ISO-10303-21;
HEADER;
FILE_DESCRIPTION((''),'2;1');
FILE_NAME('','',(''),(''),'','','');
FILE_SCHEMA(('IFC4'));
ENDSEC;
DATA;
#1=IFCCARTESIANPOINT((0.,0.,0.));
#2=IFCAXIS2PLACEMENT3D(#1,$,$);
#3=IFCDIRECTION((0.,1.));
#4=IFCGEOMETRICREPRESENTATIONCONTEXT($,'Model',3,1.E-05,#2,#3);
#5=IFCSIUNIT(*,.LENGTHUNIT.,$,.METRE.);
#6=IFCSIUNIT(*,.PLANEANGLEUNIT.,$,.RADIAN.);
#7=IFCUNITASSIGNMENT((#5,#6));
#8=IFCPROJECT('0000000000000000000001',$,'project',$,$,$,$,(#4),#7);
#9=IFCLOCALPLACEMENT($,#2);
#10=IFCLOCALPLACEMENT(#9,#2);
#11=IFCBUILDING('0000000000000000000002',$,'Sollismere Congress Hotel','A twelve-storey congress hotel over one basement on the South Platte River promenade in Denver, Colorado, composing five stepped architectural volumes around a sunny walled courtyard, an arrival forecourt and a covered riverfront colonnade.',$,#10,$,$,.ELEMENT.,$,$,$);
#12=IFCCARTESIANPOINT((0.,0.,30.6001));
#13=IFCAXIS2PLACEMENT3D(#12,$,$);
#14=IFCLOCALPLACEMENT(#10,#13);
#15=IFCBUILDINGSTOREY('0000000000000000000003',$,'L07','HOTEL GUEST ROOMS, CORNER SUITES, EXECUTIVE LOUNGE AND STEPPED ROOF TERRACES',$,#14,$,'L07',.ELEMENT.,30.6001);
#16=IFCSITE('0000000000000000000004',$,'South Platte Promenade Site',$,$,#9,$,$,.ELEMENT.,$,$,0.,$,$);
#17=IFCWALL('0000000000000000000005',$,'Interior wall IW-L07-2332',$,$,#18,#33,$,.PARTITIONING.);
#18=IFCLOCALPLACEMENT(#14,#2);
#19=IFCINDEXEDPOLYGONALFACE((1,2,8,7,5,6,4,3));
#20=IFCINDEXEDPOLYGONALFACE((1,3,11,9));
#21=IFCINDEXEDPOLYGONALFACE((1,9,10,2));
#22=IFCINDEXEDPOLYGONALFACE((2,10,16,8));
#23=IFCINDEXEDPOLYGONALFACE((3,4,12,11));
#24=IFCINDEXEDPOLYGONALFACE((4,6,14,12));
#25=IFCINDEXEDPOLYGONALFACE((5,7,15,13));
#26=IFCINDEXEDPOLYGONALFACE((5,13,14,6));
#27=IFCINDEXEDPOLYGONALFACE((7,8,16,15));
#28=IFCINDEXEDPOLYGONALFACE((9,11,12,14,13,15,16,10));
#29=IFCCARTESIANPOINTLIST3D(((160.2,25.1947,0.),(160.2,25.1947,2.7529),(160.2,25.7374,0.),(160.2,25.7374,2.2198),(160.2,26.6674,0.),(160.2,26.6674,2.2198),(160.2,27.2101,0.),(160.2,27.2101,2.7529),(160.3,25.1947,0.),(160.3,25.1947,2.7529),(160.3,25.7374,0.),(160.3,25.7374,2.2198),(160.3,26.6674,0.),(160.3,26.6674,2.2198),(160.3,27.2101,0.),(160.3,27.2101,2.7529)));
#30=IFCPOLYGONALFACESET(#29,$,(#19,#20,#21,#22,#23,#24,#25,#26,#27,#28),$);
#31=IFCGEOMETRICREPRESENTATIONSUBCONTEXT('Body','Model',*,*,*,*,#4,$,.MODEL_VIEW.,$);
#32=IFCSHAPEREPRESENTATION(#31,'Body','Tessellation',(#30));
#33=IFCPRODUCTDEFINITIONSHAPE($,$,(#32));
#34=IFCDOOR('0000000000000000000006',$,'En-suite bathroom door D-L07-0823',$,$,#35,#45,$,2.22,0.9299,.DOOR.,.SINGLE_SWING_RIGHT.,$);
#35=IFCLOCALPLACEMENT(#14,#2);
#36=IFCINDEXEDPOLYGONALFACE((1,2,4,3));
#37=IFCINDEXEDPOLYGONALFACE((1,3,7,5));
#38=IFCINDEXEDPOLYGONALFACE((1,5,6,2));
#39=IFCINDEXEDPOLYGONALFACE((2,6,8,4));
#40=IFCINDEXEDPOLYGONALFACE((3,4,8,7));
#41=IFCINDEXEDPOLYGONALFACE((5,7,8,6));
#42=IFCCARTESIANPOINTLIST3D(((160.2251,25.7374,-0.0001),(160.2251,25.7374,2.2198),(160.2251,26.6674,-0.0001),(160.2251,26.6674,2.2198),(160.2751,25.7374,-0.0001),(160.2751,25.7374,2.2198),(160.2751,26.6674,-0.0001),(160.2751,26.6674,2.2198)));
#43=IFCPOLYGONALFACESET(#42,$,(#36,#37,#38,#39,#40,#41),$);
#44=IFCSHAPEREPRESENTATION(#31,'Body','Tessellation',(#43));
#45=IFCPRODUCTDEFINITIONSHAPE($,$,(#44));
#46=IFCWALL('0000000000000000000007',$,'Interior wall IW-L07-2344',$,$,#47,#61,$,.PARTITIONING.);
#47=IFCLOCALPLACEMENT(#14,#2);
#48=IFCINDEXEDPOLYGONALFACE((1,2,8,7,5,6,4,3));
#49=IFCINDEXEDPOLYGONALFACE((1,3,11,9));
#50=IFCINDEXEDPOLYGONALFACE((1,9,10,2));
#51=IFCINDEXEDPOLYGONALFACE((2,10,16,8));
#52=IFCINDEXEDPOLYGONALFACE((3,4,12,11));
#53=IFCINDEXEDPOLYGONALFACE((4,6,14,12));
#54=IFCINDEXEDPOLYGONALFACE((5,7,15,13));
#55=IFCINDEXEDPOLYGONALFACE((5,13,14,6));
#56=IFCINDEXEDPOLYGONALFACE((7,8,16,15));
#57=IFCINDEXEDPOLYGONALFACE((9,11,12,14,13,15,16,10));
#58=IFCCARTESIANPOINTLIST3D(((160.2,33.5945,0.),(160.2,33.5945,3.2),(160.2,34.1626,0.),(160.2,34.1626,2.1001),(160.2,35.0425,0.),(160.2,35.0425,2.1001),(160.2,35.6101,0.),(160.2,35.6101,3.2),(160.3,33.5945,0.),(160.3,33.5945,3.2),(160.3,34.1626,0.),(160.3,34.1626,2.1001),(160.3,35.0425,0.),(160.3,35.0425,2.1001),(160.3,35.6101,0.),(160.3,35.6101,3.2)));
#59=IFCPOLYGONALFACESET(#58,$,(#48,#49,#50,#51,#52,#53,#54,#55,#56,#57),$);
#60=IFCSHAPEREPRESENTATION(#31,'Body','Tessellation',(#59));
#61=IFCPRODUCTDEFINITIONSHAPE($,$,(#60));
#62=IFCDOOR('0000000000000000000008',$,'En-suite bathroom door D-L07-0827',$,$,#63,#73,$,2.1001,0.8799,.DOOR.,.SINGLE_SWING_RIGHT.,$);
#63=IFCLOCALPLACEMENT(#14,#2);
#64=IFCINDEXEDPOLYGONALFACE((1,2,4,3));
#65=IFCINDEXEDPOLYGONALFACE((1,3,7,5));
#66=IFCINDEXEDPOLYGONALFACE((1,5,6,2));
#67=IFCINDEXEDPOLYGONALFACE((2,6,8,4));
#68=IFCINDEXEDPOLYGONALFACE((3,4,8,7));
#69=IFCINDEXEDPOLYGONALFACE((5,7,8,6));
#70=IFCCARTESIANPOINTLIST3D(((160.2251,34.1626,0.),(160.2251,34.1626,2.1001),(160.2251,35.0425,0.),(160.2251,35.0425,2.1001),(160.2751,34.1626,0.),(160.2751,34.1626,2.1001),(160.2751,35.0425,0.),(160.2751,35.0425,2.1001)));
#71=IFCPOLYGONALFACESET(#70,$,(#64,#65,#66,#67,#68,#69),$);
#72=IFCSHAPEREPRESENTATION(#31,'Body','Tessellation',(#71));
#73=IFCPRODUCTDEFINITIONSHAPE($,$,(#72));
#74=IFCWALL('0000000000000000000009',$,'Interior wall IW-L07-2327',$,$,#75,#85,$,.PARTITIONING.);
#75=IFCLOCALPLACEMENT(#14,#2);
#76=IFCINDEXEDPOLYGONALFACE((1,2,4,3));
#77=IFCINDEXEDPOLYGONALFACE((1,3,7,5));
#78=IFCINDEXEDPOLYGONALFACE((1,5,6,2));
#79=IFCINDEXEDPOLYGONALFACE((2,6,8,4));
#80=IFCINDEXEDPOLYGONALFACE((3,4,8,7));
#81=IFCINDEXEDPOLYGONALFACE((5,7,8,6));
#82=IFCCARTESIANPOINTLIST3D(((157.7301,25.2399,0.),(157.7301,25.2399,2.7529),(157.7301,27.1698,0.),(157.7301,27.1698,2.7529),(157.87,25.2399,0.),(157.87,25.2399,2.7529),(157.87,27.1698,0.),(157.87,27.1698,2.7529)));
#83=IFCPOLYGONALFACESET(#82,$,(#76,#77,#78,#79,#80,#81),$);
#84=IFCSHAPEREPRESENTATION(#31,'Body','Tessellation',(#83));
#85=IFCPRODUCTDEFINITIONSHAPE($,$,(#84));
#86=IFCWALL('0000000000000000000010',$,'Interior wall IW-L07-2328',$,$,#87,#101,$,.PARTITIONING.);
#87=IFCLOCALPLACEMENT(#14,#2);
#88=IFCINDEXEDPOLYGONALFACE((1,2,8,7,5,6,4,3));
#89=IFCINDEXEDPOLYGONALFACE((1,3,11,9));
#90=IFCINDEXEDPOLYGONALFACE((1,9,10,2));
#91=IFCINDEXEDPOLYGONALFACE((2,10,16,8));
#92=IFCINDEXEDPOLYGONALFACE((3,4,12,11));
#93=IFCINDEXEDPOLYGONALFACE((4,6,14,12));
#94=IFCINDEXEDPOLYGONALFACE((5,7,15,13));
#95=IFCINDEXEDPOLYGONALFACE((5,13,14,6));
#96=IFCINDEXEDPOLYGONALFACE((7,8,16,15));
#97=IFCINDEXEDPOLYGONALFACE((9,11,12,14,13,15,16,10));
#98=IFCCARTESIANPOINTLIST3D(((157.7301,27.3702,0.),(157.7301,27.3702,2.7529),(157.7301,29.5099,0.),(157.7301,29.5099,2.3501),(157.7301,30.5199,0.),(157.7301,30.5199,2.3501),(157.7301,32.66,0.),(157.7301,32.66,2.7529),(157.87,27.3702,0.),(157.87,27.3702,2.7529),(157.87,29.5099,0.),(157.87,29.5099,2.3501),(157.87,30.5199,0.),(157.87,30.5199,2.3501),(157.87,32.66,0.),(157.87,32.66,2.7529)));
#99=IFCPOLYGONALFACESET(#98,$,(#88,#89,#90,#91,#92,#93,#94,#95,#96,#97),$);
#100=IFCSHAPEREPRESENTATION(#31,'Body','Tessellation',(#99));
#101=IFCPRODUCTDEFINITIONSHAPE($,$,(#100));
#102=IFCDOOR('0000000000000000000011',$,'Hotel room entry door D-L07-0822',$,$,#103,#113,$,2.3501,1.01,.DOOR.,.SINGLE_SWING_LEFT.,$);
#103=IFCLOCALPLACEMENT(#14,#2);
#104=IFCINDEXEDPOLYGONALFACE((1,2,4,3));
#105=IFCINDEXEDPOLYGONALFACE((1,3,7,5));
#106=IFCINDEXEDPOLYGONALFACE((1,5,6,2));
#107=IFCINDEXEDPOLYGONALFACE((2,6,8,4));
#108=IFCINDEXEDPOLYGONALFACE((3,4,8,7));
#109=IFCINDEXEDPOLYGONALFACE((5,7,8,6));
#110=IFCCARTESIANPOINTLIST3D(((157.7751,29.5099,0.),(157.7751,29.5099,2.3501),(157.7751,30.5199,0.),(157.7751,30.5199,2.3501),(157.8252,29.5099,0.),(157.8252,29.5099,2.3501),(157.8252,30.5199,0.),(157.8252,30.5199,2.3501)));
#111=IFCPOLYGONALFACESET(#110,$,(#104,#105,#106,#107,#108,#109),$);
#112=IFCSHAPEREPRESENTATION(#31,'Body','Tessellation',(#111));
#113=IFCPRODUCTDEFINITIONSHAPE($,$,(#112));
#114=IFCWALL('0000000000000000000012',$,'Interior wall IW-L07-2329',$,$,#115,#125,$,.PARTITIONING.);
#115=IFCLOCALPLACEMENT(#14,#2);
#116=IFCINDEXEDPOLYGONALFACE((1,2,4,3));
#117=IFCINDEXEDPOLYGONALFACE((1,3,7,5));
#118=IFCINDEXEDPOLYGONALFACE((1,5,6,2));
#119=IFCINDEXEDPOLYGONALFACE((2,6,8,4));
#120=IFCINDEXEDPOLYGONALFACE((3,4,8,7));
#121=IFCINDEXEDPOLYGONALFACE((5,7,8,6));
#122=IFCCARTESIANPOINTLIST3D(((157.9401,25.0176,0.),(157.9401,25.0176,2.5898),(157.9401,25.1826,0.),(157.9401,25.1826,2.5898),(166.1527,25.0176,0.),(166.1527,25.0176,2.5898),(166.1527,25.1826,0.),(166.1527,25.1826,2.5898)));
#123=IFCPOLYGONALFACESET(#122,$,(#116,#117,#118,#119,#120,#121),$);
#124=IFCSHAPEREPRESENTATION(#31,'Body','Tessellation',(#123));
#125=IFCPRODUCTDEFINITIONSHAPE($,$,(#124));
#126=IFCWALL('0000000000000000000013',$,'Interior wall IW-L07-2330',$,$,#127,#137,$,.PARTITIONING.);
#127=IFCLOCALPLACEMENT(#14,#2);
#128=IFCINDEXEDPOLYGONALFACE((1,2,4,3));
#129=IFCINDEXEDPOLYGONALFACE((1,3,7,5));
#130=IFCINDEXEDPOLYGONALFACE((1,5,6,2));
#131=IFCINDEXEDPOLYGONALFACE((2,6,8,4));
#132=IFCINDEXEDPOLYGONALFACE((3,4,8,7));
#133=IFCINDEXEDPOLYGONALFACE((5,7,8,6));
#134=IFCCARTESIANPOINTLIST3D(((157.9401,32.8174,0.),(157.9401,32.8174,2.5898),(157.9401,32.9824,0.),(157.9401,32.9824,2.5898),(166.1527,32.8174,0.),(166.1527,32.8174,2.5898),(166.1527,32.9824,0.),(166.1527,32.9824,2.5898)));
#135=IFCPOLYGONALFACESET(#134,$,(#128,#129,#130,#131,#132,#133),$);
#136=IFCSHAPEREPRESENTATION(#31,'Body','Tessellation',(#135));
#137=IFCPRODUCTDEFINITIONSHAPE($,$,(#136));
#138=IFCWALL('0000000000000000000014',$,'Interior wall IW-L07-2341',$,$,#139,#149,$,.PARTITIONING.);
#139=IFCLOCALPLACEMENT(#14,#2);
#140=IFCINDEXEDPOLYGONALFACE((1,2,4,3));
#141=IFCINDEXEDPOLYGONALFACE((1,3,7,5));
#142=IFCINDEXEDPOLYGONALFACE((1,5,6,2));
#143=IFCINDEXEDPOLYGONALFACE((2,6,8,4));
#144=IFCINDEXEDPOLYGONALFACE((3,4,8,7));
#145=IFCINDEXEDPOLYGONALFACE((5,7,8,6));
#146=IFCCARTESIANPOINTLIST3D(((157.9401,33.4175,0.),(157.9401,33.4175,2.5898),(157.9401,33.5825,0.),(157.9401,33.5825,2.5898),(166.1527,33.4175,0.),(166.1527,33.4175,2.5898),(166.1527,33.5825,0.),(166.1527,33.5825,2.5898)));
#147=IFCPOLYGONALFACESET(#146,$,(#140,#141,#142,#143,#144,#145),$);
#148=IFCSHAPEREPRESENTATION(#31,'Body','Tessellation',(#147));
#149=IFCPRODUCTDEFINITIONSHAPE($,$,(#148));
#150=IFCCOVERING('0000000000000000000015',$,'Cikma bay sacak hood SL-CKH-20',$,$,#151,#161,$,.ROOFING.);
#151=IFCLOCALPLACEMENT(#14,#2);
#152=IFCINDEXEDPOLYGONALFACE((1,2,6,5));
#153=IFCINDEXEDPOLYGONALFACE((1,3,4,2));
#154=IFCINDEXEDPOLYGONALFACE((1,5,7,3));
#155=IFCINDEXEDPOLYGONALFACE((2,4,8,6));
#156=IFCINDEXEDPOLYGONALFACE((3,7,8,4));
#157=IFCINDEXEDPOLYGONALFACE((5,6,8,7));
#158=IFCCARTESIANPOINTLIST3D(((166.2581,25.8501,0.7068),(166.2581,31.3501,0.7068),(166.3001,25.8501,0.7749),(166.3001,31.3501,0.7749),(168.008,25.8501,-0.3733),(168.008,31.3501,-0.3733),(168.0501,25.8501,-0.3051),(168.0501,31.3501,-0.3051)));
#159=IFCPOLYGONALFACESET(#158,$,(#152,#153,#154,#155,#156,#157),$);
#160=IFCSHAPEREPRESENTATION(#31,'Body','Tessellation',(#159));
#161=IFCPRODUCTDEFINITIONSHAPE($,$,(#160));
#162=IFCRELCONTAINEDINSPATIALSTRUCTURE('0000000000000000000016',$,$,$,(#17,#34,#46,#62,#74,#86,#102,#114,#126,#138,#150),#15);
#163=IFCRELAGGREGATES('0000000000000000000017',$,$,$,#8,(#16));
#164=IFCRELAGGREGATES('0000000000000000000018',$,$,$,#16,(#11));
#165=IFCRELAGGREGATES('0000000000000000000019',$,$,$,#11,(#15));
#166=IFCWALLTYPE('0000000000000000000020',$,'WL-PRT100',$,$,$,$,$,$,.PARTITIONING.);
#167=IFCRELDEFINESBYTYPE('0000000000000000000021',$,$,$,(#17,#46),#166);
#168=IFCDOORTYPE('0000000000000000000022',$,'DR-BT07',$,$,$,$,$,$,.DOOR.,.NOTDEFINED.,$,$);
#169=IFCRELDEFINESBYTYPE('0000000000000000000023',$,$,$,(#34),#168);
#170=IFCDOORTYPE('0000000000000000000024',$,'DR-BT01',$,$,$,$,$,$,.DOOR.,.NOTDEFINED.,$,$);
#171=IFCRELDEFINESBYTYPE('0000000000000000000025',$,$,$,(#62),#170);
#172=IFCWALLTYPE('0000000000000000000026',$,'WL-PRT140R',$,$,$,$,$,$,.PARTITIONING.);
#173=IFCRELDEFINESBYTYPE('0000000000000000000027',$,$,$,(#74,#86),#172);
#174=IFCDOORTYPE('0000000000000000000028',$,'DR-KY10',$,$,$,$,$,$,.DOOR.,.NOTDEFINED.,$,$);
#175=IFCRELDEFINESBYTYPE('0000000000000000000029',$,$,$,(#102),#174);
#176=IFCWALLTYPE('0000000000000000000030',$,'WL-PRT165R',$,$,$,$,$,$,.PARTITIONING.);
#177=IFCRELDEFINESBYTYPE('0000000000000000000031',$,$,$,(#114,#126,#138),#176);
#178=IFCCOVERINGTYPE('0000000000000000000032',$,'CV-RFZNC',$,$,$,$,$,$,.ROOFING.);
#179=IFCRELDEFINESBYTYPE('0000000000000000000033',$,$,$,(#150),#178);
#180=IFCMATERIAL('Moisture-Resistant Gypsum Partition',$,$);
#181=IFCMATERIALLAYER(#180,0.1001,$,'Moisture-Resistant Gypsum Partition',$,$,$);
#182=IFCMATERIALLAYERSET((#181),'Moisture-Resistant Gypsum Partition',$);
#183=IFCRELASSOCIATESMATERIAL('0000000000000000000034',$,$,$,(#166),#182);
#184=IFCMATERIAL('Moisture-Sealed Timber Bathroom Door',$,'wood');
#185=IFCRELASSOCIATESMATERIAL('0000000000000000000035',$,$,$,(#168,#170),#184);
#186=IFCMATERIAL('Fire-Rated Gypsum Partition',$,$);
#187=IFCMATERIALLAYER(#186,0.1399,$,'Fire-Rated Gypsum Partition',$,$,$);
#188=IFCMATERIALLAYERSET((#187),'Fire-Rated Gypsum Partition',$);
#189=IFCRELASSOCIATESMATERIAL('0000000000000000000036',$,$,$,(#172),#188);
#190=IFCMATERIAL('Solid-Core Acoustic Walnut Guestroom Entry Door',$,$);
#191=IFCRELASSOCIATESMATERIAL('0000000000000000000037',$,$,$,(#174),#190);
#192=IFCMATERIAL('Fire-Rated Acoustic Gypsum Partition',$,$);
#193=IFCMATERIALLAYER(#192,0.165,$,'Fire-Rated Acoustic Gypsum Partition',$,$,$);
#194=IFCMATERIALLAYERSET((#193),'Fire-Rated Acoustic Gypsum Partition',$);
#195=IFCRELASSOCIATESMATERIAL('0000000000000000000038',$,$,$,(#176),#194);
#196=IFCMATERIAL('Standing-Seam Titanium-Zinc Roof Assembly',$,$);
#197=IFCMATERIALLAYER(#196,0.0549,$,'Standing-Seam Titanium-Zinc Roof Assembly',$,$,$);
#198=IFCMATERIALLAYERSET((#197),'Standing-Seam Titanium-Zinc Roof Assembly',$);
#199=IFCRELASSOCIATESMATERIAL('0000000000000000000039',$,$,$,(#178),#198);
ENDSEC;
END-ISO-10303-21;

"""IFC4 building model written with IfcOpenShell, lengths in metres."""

from ifc_helpers import new_model, si_unit, direction, frame, frame_2d, origin, place, context, subcontext, project, spatial, polyline, rectangle, outline, extrude, material, layer, layer_set, type_object, element, fill, save


model = new_model("IFC4")

# Units and contexts
model_context = context("Model", 3, precision=1e-05, world=origin(), true_north=direction((0.0, 1.0)))
body_context = subcontext(model_context, "Body", "Model", "MODEL_VIEW")
ifc_project = project(units=[si_unit("LENGTHUNIT", "METRE"), si_unit("PLANEANGLEUNIT", "RADIAN")], contexts=[model_context])

# Site, building, storey
site_placement = place(None, origin())
site = spatial("IfcSite", under=ifc_project, at=site_placement, Name="South Platte Promenade Site", CompositionType="ELEMENT", RefElevation=0.0)
building_placement = place(site_placement, origin())
building = spatial("IfcBuilding", under=site, at=building_placement, Name="Sollismere Congress Hotel", Description="A twelve-storey congress hotel over one basement on the South Platte River promenade in Denver, Colorado, composing five stepped architectural volumes around a sunny walled courtyard, an arrival forecourt and a covered riverfront colonnade.", CompositionType="ELEMENT")
storey_placement = place(building_placement, frame((0.0, 0.0, 30.6001)))
storey = spatial("IfcBuildingStorey", under=building, at=storey_placement, Name="L07", Description="HOTEL GUEST ROOMS, CORNER SUITES, EXECUTIVE LOUNGE AND STEPPED ROOF TERRACES", LongName="L07", CompositionType="ELEMENT", Elevation=30.6001)

# Walls, openings, doors
ifc_material_1 = material(Name="Moisture-Resistant Gypsum Partition")
ifc_layer_1 = layer(ifc_material_1, 0.1001, Name="Moisture-Resistant Gypsum Partition")
ifc_layer_set_1 = layer_set([ifc_layer_1], Name="Moisture-Resistant Gypsum Partition")
wall_type_1 = type_object("IfcWallType", Name="WL-PRT100", PredefinedType="PARTITIONING", material=ifc_layer_set_1)
wall_1_placement = place(storey_placement, frame((160.25, 25.1946, 0.0), z_axis=(0.0, 0.0, 1.0), x_axis=(0.0, 1.0, 0.0)))
wall_1 = element("IfcWall", 1, at=wall_1_placement, inside=storey, type_object=wall_type_1, Name="Interior wall IW-L07-2332", PredefinedType="PARTITIONING", context=body_context, shape_type="SweptSolid", body=[
    extrude(rectangle(XDim=2.0154, YDim=0.1001, at=frame_2d((1.0078, 0.0))), origin(), (0.0, 0.0, 1.0), 2.7529),
])
opening_1_placement = place(wall_1_placement, frame((0.543, 0.0, 0.0)))
opening_1 = element("IfcOpeningElement", 2, at=opening_1_placement, cuts=wall_1, PredefinedType="OPENING", context=body_context, shape_type="SweptSolid", body=[
    extrude(rectangle(XDim=0.9299, YDim=2.22, at=frame_2d((0.4648, 1.1099))), frame((0.0, 0.0601, 0.0), z_axis=(0.0, -1.0, 0.0), x_axis=(1.0, 0.0, 0.0)), (0.0, 0.0, 1.0), 0.1201),
])
ifc_material_2 = material(Name="Moisture-Sealed Timber Bathroom Door", Category="wood")
door_type_1 = type_object("IfcDoorType", Name="DR-BT07", OperationType="NOTDEFINED", PredefinedType="DOOR", material=ifc_material_2)
door_1_placement = place(opening_1_placement, origin())
door_1 = element("IfcDoor", 3, at=door_1_placement, inside=storey, type_object=door_type_1, Name="En-suite bathroom door D-L07-0823", OperationType="SINGLE_SWING_RIGHT", OverallHeight=2.22, OverallWidth=0.9299, PredefinedType="DOOR", context=body_context, shape_type="SweptSolid", body=[
    extrude(rectangle(XDim=0.9299, YDim=2.22, at=frame_2d((0.4648, 1.1099))), frame((0.0, 0.0249, 0.0), z_axis=(0.0, -1.0, 0.0), x_axis=(1.0, 0.0, 0.0)), (0.0, 0.0, 1.0), 0.05),
])
fill(opening_1, door_1)
wall_2_placement = place(storey_placement, frame((160.25, 33.5945, 0.0), z_axis=(0.0, 0.0, 1.0), x_axis=(0.0, 1.0, 0.0)))
wall_2 = element("IfcWall", 4, at=wall_2_placement, inside=storey, type_object=wall_type_1, Name="Interior wall IW-L07-2344", PredefinedType="PARTITIONING", context=body_context, shape_type="SweptSolid", body=[
    extrude(rectangle(XDim=2.0156, YDim=0.1001, at=frame_2d((1.0078, 0.0))), origin(), (0.0, 0.0, 1.0), 3.2),
])
opening_2_placement = place(wall_2_placement, frame((0.5681, 0.0, 0.0)))
opening_2 = element("IfcOpeningElement", 5, at=opening_2_placement, cuts=wall_2, PredefinedType="OPENING", context=body_context, shape_type="SweptSolid", body=[
    extrude(rectangle(XDim=0.8799, YDim=2.1001, at=frame_2d((0.4399, 1.05))), frame((0.0, 0.0601, 0.0), z_axis=(0.0, -1.0, 0.0), x_axis=(1.0, 0.0, 0.0)), (0.0, 0.0, 1.0), 0.1201),
])
door_type_2 = type_object("IfcDoorType", Name="DR-BT01", OperationType="NOTDEFINED", PredefinedType="DOOR", material=ifc_material_2)
door_2_placement = place(opening_2_placement, origin())
door_2 = element("IfcDoor", 6, at=door_2_placement, inside=storey, type_object=door_type_2, Name="En-suite bathroom door D-L07-0827", OperationType="SINGLE_SWING_RIGHT", OverallHeight=2.1001, OverallWidth=0.8799, PredefinedType="DOOR", context=body_context, shape_type="SweptSolid", body=[
    extrude(rectangle(XDim=0.8799, YDim=2.1001, at=frame_2d((0.4399, 1.05))), frame((0.0, 0.0249, 0.0), z_axis=(0.0, -1.0, 0.0), x_axis=(1.0, 0.0, 0.0)), (0.0, 0.0, 1.0), 0.05),
])
fill(opening_2, door_2)

# Wall
ifc_material_3 = material(Name="Fire-Rated Gypsum Partition")
ifc_layer_2 = layer(ifc_material_3, 0.1399, Name="Fire-Rated Gypsum Partition")
ifc_layer_set_2 = layer_set([ifc_layer_2], Name="Fire-Rated Gypsum Partition")
wall_type_2 = type_object("IfcWallType", Name="WL-PRT140R", PredefinedType="PARTITIONING", material=ifc_layer_set_2)
wall_3_placement = place(storey_placement, frame((157.8, 25.24, 0.0), z_axis=(0.0, 0.0, 1.0), x_axis=(0.0, 1.0, 0.0)))
element("IfcWall", 7, at=wall_3_placement, inside=storey, type_object=wall_type_2, Name="Interior wall IW-L07-2327", PredefinedType="PARTITIONING", context=body_context, shape_type="SweptSolid", body=[
    extrude(rectangle(XDim=1.9299, YDim=0.1399, at=frame_2d((0.9648, 0.0))), origin(), (0.0, 0.0, 1.0), 2.7529),
])

# Wall, opening, door
wall_4_placement = place(storey_placement, frame((157.8, 27.3701, 0.0), z_axis=(0.0, 0.0, 1.0), x_axis=(0.0, 1.0, 0.0)))
wall_4 = element("IfcWall", 8, at=wall_4_placement, inside=storey, type_object=wall_type_2, Name="Interior wall IW-L07-2328", PredefinedType="PARTITIONING", context=body_context, shape_type="SweptSolid", body=[
    extrude(rectangle(XDim=5.2898, YDim=0.1399, at=frame_2d((2.645, 0.0))), origin(), (0.0, 0.0, 1.0), 2.7529),
])
opening_3_placement = place(wall_4_placement, frame((2.1399, 0.0, 0.0)))
opening_3 = element("IfcOpeningElement", 9, at=opening_3_placement, cuts=wall_4, PredefinedType="OPENING", context=body_context, shape_type="SweptSolid", body=[
    extrude(rectangle(XDim=1.01, YDim=2.3501, at=frame_2d((0.5049, 1.175))), frame((0.0, 0.0798, 0.0), z_axis=(0.0, -1.0, 0.0), x_axis=(1.0, 0.0, 0.0)), (0.0, 0.0, 1.0), 0.1599),
])
ifc_material_4 = material(Name="Solid-Core Acoustic Walnut Guestroom Entry Door")
door_type_3 = type_object("IfcDoorType", Name="DR-KY10", OperationType="NOTDEFINED", PredefinedType="DOOR", material=ifc_material_4)
door_3_placement = place(opening_3_placement, origin())
door_3 = element("IfcDoor", 10, at=door_3_placement, inside=storey, type_object=door_type_3, Name="Hotel room entry door D-L07-0822", OperationType="SINGLE_SWING_LEFT", OverallHeight=2.3501, OverallWidth=1.01, PredefinedType="DOOR", context=body_context, shape_type="SweptSolid", body=[
    extrude(rectangle(XDim=1.01, YDim=2.3501, at=frame_2d((0.5049, 1.175))), frame((0.0, 0.0249, 0.0), z_axis=(0.0, -1.0, 0.0), x_axis=(1.0, 0.0, 0.0)), (0.0, 0.0, 1.0), 0.05),
])
fill(opening_3, door_3)

# Walls
ifc_material_5 = material(Name="Fire-Rated Acoustic Gypsum Partition")
ifc_layer_3 = layer(ifc_material_5, 0.165, Name="Fire-Rated Acoustic Gypsum Partition")
ifc_layer_set_3 = layer_set([ifc_layer_3], Name="Fire-Rated Acoustic Gypsum Partition")
wall_type_3 = type_object("IfcWallType", Name="WL-PRT165R", PredefinedType="PARTITIONING", material=ifc_layer_set_3)
for number, where, z_axis, x_axis, name in (
    (11, (157.9399, 25.1001, 0.0), (0.0, 0.0, 1.0), (1.0, 0.0, 0.0), "Interior wall IW-L07-2329"),
    (12, (157.9399, 32.8999, 0.0), (0.0, 0.0, 1.0), (1.0, 0.0, 0.0), "Interior wall IW-L07-2330"),
    (13, (157.9399, 33.5, 0.0), (0.0, 0.0, 1.0), (1.0, 0.0, 0.0), "Interior wall IW-L07-2341"),
):
    element("IfcWall", number, at=place(storey_placement, frame(where, z_axis=z_axis, x_axis=x_axis)), inside=storey, type_object=wall_type_3, Name=name, PredefinedType="PARTITIONING", context=body_context, shape_type="SweptSolid", body=[
        extrude(rectangle(XDim=8.2126, YDim=0.165, at=frame_2d((4.1064, 0.0))), origin(), (0.0, 0.0, 1.0), 2.5898),
    ])

# Covering
ifc_material_6 = material(Name="Standing-Seam Titanium-Zinc Roof Assembly")
ifc_layer_4 = layer(ifc_material_6, 0.0549, Name="Standing-Seam Titanium-Zinc Roof Assembly")
ifc_layer_set_4 = layer_set([ifc_layer_4], Name="Standing-Seam Titanium-Zinc Roof Assembly")
covering_type = type_object("IfcCoveringType", Name="CV-RFZNC", PredefinedType="ROOFING", material=ifc_layer_set_4)
covering_placement = place(storey_placement, frame((166.2581, 25.8501, 0.7068), z_axis=(0.52521, 0.0, 0.850973), x_axis=(0.850973, 0.0, -0.52521)))
element("IfcCovering", 14, at=covering_placement, inside=storey, type_object=covering_type, Name="Cikma bay sacak hood SL-CKH-20", PredefinedType="ROOFING", context=body_context, shape_type="SweptSolid", body=[
    extrude(outline(polyline([(0.0, 0.0), (2.0564, 0.0), (2.0564, 5.5), (0.0, 5.5), (0.0, 0.0)])), origin(), (0.0, 0.0, 1.0), 0.0801),
])

save(model, "model.ifc")
